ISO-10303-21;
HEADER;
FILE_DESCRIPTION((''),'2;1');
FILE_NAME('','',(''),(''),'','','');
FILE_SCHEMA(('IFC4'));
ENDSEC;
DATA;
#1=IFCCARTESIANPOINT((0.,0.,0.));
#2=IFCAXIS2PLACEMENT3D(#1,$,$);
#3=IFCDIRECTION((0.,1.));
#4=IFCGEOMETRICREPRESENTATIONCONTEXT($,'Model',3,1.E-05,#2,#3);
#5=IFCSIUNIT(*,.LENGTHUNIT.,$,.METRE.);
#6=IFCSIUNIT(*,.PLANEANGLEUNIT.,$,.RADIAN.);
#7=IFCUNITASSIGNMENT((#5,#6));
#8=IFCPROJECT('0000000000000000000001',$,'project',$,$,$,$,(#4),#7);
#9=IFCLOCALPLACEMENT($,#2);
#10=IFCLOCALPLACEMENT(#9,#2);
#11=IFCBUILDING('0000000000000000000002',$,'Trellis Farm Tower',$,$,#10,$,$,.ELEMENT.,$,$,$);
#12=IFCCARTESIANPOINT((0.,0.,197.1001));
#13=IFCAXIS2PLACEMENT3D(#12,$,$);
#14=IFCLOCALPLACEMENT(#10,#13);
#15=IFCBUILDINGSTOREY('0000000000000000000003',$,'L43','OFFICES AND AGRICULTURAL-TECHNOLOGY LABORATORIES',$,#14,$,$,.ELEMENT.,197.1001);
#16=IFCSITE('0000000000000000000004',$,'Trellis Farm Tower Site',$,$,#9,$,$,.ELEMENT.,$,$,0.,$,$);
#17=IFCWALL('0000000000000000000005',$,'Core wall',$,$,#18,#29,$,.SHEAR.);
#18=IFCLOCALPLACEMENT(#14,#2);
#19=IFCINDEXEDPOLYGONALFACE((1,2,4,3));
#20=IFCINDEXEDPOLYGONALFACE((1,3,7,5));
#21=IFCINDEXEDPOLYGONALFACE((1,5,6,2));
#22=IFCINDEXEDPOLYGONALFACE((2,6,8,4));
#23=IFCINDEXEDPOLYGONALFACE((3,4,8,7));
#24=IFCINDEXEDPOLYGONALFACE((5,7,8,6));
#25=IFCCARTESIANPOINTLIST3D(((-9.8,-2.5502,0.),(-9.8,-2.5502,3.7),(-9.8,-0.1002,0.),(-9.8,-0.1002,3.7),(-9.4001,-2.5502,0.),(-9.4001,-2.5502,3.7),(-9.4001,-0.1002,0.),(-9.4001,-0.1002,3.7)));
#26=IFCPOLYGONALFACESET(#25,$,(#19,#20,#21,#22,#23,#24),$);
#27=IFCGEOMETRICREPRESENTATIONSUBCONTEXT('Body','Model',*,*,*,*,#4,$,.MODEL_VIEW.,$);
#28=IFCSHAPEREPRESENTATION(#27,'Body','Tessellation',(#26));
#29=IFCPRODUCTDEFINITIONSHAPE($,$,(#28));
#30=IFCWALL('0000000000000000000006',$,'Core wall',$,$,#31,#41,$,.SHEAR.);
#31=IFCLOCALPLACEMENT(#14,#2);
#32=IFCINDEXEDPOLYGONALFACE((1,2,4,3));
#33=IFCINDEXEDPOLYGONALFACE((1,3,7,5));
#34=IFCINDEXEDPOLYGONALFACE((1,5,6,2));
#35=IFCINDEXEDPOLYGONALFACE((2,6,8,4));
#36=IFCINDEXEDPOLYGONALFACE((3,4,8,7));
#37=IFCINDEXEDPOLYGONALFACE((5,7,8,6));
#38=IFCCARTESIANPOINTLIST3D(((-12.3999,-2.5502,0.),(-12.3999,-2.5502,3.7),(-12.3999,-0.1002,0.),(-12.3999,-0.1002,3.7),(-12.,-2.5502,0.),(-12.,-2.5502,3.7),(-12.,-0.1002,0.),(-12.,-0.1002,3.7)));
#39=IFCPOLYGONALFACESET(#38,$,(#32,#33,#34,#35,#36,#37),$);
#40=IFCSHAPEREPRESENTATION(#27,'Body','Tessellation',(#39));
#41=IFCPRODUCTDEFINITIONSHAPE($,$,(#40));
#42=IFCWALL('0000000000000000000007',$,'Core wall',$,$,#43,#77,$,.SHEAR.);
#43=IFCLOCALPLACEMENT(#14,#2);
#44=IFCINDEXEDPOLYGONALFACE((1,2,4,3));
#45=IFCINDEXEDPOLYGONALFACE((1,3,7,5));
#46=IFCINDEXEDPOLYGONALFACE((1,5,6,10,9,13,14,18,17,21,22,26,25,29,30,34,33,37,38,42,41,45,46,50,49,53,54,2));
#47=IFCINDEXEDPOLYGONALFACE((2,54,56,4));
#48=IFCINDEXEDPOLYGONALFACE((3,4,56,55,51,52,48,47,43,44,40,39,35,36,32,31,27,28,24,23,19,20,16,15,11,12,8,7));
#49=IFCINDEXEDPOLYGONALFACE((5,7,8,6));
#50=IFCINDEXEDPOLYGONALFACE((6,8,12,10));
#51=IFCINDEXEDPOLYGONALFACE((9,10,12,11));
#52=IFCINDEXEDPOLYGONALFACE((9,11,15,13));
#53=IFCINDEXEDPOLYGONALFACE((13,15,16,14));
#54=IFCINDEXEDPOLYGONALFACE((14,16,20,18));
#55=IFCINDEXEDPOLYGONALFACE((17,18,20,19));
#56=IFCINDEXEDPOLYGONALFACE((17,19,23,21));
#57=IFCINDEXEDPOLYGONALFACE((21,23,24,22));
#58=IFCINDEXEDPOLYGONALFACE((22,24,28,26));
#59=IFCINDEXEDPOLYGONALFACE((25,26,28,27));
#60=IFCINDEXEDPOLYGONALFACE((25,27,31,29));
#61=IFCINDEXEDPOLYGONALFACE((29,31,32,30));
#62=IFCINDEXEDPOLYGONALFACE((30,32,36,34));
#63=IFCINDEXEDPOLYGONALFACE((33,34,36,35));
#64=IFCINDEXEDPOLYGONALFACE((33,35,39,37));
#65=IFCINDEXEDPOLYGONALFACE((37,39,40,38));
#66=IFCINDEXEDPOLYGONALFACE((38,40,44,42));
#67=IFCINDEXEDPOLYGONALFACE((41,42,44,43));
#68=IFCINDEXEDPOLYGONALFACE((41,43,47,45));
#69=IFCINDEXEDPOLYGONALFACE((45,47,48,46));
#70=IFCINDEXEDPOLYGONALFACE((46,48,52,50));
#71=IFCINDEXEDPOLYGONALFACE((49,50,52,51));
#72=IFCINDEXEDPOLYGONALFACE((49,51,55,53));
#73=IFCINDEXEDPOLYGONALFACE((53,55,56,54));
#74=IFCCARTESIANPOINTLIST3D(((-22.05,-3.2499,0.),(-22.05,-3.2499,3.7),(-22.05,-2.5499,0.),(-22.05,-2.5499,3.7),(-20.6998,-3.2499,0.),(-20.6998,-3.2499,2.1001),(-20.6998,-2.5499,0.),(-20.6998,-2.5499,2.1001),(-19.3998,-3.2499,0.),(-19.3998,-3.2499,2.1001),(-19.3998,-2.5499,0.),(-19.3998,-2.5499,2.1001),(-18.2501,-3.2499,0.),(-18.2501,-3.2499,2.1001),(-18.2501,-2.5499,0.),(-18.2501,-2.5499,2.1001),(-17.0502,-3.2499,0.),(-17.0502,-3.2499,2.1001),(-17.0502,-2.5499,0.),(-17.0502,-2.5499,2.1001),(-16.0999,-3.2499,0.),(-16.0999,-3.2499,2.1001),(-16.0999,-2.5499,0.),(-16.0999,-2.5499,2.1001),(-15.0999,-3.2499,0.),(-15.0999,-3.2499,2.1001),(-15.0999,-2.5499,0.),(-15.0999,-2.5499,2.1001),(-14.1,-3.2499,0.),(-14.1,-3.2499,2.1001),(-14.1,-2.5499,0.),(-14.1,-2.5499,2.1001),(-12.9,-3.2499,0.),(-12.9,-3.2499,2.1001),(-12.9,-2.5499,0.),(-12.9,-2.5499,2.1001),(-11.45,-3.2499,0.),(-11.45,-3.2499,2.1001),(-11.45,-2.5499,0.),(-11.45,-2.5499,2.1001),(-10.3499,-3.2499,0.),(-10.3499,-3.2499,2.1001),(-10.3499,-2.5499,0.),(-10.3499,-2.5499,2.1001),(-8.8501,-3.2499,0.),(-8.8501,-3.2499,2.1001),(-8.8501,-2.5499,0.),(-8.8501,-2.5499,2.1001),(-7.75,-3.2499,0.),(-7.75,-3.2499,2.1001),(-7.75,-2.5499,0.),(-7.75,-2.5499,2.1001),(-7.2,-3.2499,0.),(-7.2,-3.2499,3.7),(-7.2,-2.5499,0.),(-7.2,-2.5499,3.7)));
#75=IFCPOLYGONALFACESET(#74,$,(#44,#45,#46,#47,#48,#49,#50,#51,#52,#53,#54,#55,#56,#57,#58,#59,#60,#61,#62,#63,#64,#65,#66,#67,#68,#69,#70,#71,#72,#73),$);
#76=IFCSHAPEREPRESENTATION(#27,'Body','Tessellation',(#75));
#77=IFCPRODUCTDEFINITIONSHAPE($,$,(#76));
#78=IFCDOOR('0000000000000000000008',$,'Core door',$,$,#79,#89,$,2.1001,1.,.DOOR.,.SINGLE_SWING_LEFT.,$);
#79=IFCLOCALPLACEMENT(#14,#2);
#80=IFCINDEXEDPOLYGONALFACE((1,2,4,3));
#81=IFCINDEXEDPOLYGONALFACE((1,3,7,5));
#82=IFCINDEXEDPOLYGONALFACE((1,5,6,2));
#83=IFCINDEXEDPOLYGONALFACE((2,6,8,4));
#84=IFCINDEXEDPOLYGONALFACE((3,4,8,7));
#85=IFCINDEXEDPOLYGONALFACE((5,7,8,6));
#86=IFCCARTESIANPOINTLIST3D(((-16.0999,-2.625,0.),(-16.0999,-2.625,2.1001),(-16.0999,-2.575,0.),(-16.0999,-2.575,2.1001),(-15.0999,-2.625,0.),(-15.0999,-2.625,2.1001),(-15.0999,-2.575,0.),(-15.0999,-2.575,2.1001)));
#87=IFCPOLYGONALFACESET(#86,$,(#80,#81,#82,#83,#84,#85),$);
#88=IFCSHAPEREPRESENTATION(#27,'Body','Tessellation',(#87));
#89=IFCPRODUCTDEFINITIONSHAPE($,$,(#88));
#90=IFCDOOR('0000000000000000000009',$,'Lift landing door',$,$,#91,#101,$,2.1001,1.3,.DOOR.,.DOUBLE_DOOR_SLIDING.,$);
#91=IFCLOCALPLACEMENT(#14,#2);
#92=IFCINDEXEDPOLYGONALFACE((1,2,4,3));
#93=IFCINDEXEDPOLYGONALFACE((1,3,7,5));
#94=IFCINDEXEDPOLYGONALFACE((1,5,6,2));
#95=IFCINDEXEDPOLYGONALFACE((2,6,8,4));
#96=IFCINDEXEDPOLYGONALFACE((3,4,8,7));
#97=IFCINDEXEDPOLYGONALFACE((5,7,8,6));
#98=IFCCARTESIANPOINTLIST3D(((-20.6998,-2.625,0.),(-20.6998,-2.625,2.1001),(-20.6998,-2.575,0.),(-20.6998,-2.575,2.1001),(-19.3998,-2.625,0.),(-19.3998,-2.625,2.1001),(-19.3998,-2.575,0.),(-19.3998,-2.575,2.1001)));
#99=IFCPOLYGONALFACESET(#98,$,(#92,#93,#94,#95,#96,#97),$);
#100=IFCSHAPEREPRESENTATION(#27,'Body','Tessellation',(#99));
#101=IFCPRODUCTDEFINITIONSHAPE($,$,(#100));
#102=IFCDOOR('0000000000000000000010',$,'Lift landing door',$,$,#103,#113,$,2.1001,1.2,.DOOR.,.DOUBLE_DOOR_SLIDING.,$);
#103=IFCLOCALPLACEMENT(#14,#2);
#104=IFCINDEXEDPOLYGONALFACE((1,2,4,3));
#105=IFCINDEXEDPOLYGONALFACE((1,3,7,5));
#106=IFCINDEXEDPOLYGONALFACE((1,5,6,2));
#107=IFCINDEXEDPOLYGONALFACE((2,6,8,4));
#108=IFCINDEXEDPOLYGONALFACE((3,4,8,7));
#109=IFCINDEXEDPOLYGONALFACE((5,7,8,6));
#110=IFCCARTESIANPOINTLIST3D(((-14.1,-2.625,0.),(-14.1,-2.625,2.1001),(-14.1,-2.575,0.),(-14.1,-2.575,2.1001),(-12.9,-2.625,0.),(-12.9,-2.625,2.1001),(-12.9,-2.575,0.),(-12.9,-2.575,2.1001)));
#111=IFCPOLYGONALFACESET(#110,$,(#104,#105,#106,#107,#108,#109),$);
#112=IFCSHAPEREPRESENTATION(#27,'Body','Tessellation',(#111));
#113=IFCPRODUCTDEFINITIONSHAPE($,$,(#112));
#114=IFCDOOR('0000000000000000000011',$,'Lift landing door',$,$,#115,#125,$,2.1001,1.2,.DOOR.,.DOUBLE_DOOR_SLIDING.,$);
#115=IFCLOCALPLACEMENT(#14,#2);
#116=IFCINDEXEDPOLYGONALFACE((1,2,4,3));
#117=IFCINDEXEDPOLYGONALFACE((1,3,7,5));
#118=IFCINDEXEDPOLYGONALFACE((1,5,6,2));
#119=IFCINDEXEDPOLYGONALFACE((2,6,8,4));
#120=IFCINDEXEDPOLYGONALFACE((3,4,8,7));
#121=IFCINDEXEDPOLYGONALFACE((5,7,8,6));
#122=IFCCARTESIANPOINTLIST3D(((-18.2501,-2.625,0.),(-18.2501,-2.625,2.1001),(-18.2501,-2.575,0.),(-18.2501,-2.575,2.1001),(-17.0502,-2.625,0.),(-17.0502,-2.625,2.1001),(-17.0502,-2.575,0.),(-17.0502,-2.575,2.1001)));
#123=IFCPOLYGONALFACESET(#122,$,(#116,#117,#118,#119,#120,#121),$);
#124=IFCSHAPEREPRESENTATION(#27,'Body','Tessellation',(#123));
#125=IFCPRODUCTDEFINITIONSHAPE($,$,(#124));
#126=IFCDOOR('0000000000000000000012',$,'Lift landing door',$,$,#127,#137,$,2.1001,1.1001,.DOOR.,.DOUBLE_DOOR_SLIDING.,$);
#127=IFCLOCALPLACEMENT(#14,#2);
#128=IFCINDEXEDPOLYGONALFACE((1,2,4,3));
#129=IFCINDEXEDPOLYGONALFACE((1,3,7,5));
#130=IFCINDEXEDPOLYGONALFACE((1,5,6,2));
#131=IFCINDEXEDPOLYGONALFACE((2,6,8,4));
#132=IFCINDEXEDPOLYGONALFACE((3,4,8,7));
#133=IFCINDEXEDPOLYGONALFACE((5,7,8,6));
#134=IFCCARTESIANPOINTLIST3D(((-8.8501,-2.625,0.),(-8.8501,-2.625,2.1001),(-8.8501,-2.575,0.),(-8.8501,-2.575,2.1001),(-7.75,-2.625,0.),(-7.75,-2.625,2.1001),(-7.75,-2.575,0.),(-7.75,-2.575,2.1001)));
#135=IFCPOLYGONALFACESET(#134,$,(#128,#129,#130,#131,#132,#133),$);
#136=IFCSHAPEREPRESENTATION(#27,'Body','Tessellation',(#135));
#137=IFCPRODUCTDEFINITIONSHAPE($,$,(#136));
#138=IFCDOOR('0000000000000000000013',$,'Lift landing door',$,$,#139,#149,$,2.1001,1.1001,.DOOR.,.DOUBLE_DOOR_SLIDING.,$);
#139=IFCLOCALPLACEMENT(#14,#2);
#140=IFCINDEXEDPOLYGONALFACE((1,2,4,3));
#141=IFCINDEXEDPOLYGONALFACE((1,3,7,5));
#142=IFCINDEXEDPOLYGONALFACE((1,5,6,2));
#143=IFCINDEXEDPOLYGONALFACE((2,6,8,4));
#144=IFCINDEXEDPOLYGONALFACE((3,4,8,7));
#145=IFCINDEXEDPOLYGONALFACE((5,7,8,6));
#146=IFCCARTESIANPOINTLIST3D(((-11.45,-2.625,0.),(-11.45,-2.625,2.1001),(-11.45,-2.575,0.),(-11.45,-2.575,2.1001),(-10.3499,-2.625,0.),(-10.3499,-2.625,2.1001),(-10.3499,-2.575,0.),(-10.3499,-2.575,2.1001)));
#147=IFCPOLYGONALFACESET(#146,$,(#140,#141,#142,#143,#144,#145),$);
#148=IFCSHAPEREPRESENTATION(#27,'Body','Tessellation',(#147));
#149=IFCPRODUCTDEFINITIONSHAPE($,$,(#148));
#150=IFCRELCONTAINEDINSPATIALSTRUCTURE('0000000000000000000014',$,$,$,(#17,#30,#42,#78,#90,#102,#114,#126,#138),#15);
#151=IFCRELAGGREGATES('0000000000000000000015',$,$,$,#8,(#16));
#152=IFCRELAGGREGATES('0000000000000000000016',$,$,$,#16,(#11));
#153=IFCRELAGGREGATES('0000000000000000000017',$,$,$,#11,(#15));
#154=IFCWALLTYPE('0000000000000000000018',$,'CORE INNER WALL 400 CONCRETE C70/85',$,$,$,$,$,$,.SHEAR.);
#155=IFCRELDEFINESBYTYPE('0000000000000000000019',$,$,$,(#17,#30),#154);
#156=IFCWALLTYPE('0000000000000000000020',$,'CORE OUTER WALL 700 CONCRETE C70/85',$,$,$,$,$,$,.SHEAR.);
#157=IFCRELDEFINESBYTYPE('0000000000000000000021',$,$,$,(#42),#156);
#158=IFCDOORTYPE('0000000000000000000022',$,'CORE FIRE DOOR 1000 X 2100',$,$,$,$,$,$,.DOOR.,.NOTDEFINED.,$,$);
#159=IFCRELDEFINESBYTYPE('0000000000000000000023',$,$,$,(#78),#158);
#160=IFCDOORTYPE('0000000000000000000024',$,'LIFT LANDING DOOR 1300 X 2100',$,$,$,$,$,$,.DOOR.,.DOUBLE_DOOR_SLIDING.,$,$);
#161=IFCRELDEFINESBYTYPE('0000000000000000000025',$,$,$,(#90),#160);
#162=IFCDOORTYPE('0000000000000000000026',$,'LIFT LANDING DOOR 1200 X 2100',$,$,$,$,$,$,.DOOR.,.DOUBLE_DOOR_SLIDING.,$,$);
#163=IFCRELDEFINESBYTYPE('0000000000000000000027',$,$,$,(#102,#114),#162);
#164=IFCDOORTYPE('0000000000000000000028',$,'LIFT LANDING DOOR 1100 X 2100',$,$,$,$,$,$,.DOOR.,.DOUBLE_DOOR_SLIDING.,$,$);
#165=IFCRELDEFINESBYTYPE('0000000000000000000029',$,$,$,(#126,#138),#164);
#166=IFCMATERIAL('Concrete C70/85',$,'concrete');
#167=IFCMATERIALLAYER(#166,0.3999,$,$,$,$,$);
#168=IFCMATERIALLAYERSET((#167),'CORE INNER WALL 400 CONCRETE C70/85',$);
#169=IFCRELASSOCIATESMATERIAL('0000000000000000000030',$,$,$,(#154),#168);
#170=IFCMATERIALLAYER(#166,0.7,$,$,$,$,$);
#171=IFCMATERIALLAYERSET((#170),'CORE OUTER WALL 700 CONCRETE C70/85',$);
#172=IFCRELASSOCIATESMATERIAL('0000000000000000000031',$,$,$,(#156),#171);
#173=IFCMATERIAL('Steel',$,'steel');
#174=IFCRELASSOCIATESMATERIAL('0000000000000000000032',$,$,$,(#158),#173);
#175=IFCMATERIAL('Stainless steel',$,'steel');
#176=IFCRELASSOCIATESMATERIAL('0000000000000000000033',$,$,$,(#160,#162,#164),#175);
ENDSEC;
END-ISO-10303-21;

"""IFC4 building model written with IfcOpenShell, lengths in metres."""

from ifc_helpers import new_model, si_unit, direction, frame, frame_2d, origin, place, context, subcontext, project, spatial, rectangle, extrude, source, transform, mapped, material, layer, layer_set, type_object, element, fill, save


model = new_model("IFC4")

# Units and contexts
model_context = context("Model", 3, precision=1e-05, world=origin(), true_north=direction((0.0, 1.0)))
body_context = subcontext(model_context, "Body", "Model", "MODEL_VIEW")
ifc_project = project(units=[si_unit("LENGTHUNIT", "METRE"), si_unit("PLANEANGLEUNIT", "RADIAN")], contexts=[model_context])

# Site, building, storey
site_placement = place(None, origin())
site = spatial("IfcSite", under=ifc_project, at=site_placement, Name="Trellis Farm Tower Site", CompositionType="ELEMENT", RefElevation=0.0)
building_placement = place(site_placement, origin())
building = spatial("IfcBuilding", under=site, at=building_placement, Name="Trellis Farm Tower", CompositionType="ELEMENT")
storey_placement = place(building_placement, frame((0.0, 0.0, 197.1001)))
storey = spatial("IfcBuildingStorey", under=building, at=storey_placement, Name="L43", Description="OFFICES AND AGRICULTURAL-TECHNOLOGY LABORATORIES", CompositionType="ELEMENT", Elevation=197.1001)

# Shared definitions
ifc_material_1 = material(Name="Concrete C70/85", Category="concrete")

# Walls
ifc_layer_1 = layer(ifc_material_1, 0.3999)
ifc_layer_set_1 = layer_set([ifc_layer_1], Name="CORE INNER WALL 400 CONCRETE C70/85")
wall_type_1 = type_object("IfcWallType", Name="CORE INNER WALL 400 CONCRETE C70/85", PredefinedType="SHEAR", material=ifc_layer_set_1)
shared_shape_1 = source(origin(), body_context, "Body", "SweptSolid", [
    extrude(rectangle(XDim=2.45, YDim=0.3999, at=frame_2d((1.2251, 0.0))), origin(), (0.0, 0.0, 1.0), 3.7),
])
for number, where, z_axis, x_axis, name in (
    (1, (-9.6001, -0.1001, 0.0), (0.0, 0.0, 1.0), (0.0, -1.0, 0.0), "Core wall"),
    (2, (-12.2, -0.1001, 0.0), (0.0, 0.0, 1.0), (0.0, -1.0, 0.0), "Core wall"),
):
    element("IfcWall", number, at=place(storey_placement, frame(where, z_axis=z_axis, x_axis=x_axis)), inside=storey, type_object=wall_type_1, Name=name, PredefinedType="SHEAR", context=body_context, shape_type="MappedRepresentation", body=[
        mapped(shared_shape_1, transform((0.0, 0.0, 0.0))),
    ])

# Wall, openings, doors
ifc_layer_2 = layer(ifc_material_1, 0.7)
ifc_layer_set_2 = layer_set([ifc_layer_2], Name="CORE OUTER WALL 700 CONCRETE C70/85")
wall_type_2 = type_object("IfcWallType", Name="CORE OUTER WALL 700 CONCRETE C70/85", PredefinedType="SHEAR", material=ifc_layer_set_2)
shared_shape_2 = source(origin(), body_context, "Body", "SweptSolid", [
    extrude(rectangle(XDim=14.8501, YDim=0.7, at=frame_2d((7.425, 0.0))), origin(), (0.0, 0.0, 1.0), 3.7),
])
wall_1_placement = place(storey_placement, frame((-7.2, -2.8999, 0.0), z_axis=(0.0, 0.0, 1.0), x_axis=(-1.0, 0.0, 0.0)))
wall_1 = element("IfcWall", 3, at=wall_1_placement, inside=storey, type_object=wall_type_2, Name="Core wall", PredefinedType="SHEAR", context=body_context, shape_type="MappedRepresentation", body=[
    mapped(shared_shape_2, transform((0.0, 0.0, 0.0))),
])
shared_shape_3 = source(origin(), body_context, "Body", "SweptSolid", [
    extrude(rectangle(XDim=1.1001, YDim=2.1001, at=frame_2d((0.55, 1.05))), frame((0.0, 0.3601, 0.0), z_axis=(0.0, -1.0, 0.0), x_axis=(1.0, 0.0, 0.0)), (0.0, 0.0, 1.0), 0.7202),
])
opening_1_placement = place(wall_1_placement, frame((0.55, 0.0, 0.0)))
opening_1 = element("IfcOpeningElement", 4, at=opening_1_placement, cuts=wall_1, PredefinedType="OPENING", context=body_context, shape_type="MappedRepresentation", body=[
    mapped(shared_shape_3, transform((0.0, 0.0, 0.0))),
])
opening_2_placement = place(wall_1_placement, frame((3.1499, 0.0, 0.0)))
opening_2 = element("IfcOpeningElement", 5, at=opening_2_placement, cuts=wall_1, PredefinedType="OPENING", context=body_context, shape_type="MappedRepresentation", body=[
    mapped(shared_shape_3, transform((0.0, 0.0, 0.0))),
])
shared_shape_4 = source(origin(), body_context, "Body", "SweptSolid", [
    extrude(rectangle(XDim=1.2, YDim=2.1001, at=frame_2d((0.6001, 1.05))), frame((0.0, 0.3601, 0.0), z_axis=(0.0, -1.0, 0.0), x_axis=(1.0, 0.0, 0.0)), (0.0, 0.0, 1.0), 0.7202),
])
opening_3_placement = place(wall_1_placement, frame((5.7, 0.0, 0.0)))
opening_3 = element("IfcOpeningElement", 6, at=opening_3_placement, cuts=wall_1, PredefinedType="OPENING", context=body_context, shape_type="MappedRepresentation", body=[
    mapped(shared_shape_4, transform((0.0, 0.0, 0.0))),
])
shared_shape_5 = source(origin(), body_context, "Body", "SweptSolid", [
    extrude(rectangle(XDim=1.3, YDim=2.1001, at=frame_2d((0.6499, 1.05))), frame((0.0, 0.3601, 0.0), z_axis=(0.0, -1.0, 0.0), x_axis=(1.0, 0.0, 0.0)), (0.0, 0.0, 1.0), 0.7202),
])
opening_4_placement = place(wall_1_placement, frame((12.2, 0.0, 0.0)))
opening_4 = element("IfcOpeningElement", 7, at=opening_4_placement, cuts=wall_1, PredefinedType="OPENING", context=body_context, shape_type="MappedRepresentation", body=[
    mapped(shared_shape_5, transform((0.0, 0.0, 0.0))),
])
opening_5_placement = place(wall_1_placement, frame((9.8501, 0.0, 0.0)))
opening_5 = element("IfcOpeningElement", 8, at=opening_5_placement, cuts=wall_1, PredefinedType="OPENING", context=body_context, shape_type="MappedRepresentation", body=[
    mapped(shared_shape_4, transform((0.0, 0.0, 0.0))),
])
shared_shape_6 = source(origin(), body_context, "Body", "SweptSolid", [
    extrude(rectangle(XDim=1.0, YDim=2.1001, at=frame_2d((0.5, 1.05))), frame((0.0, 0.3601, 0.0), z_axis=(0.0, -1.0, 0.0), x_axis=(1.0, 0.0, 0.0)), (0.0, 0.0, 1.0), 0.7202),
])
opening_6_placement = place(wall_1_placement, frame((7.8999, 0.0, 0.0)))
opening_6 = element("IfcOpeningElement", 9, at=opening_6_placement, cuts=wall_1, PredefinedType="OPENING", context=body_context, shape_type="MappedRepresentation", body=[
    mapped(shared_shape_6, transform((0.0, 0.0, 0.0))),
])
ifc_material_2 = material(Name="Steel", Category="steel")
door_type_1 = type_object("IfcDoorType", Name="CORE FIRE DOOR 1000 X 2100", OperationType="NOTDEFINED", PredefinedType="DOOR", material=ifc_material_2)
shared_shape_7 = source(origin(), body_context, "Body", "SweptSolid", [
    extrude(rectangle(XDim=1.0, YDim=2.1001, at=frame_2d((0.5, 1.05))), frame((0.0, -0.2749, 0.0), z_axis=(0.0, -1.0, 0.0), x_axis=(1.0, 0.0, 0.0)), (0.0, 0.0, 1.0), 0.05),
])
door_1_placement = place(opening_6_placement, origin())
door_1 = element("IfcDoor", 10, at=door_1_placement, inside=storey, type_object=door_type_1, Name="Core door", OperationType="SINGLE_SWING_LEFT", OverallHeight=2.1001, OverallWidth=1.0, PredefinedType="DOOR", context=body_context, shape_type="MappedRepresentation", body=[
    mapped(shared_shape_7, transform((0.0, 0.0, 0.0))),
])
fill(opening_6, door_1)
ifc_material_3 = material(Name="Stainless steel", Category="steel")
door_type_2 = type_object("IfcDoorType", Name="LIFT LANDING DOOR 1300 X 2100", OperationType="DOUBLE_DOOR_SLIDING", PredefinedType="DOOR", material=ifc_material_3)
shared_shape_8 = source(origin(), body_context, "Body", "SweptSolid", [
    extrude(rectangle(XDim=1.3, YDim=2.1001, at=frame_2d((0.6499, 1.05))), frame((0.0, -0.2749, 0.0), z_axis=(0.0, -1.0, 0.0), x_axis=(1.0, 0.0, 0.0)), (0.0, 0.0, 1.0), 0.05),
])
door_2_placement = place(opening_4_placement, origin())
door_2 = element("IfcDoor", 11, at=door_2_placement, inside=storey, type_object=door_type_2, Name="Lift landing door", OperationType="DOUBLE_DOOR_SLIDING", OverallHeight=2.1001, OverallWidth=1.3, PredefinedType="DOOR", context=body_context, shape_type="MappedRepresentation", body=[
    mapped(shared_shape_8, transform((0.0, 0.0, 0.0))),
])
fill(opening_4, door_2)
door_type_3 = type_object("IfcDoorType", Name="LIFT LANDING DOOR 1200 X 2100", OperationType="DOUBLE_DOOR_SLIDING", PredefinedType="DOOR", material=ifc_material_3)
shared_shape_9 = source(origin(), body_context, "Body", "SweptSolid", [
    extrude(rectangle(XDim=1.2, YDim=2.1001, at=frame_2d((0.6001, 1.05))), frame((0.0, -0.2749, 0.0), z_axis=(0.0, -1.0, 0.0), x_axis=(1.0, 0.0, 0.0)), (0.0, 0.0, 1.0), 0.05),
])
door_3_placement = place(opening_3_placement, origin())
door_3 = element("IfcDoor", 12, at=door_3_placement, inside=storey, type_object=door_type_3, Name="Lift landing door", OperationType="DOUBLE_DOOR_SLIDING", OverallHeight=2.1001, OverallWidth=1.2, PredefinedType="DOOR", context=body_context, shape_type="MappedRepresentation", body=[
    mapped(shared_shape_9, transform((0.0, 0.0, 0.0))),
])
fill(opening_3, door_3)
door_4_placement = place(opening_5_placement, origin())
door_4 = element("IfcDoor", 13, at=door_4_placement, inside=storey, type_object=door_type_3, Name="Lift landing door", OperationType="DOUBLE_DOOR_SLIDING", OverallHeight=2.1001, OverallWidth=1.2, PredefinedType="DOOR", context=body_context, shape_type="MappedRepresentation", body=[
    mapped(shared_shape_9, transform((0.0, 0.0, 0.0))),
])
fill(opening_5, door_4)
door_type_4 = type_object("IfcDoorType", Name="LIFT LANDING DOOR 1100 X 2100", OperationType="DOUBLE_DOOR_SLIDING", PredefinedType="DOOR", material=ifc_material_3)
shared_shape_10 = source(origin(), body_context, "Body", "SweptSolid", [
    extrude(rectangle(XDim=1.1001, YDim=2.1001, at=frame_2d((0.55, 1.05))), frame((0.0, -0.2749, 0.0), z_axis=(0.0, -1.0, 0.0), x_axis=(1.0, 0.0, 0.0)), (0.0, 0.0, 1.0), 0.05),
])
door_5_placement = place(opening_1_placement, origin())
door_5 = element("IfcDoor", 14, at=door_5_placement, inside=storey, type_object=door_type_4, Name="Lift landing door", OperationType="DOUBLE_DOOR_SLIDING", OverallHeight=2.1001, OverallWidth=1.1001, PredefinedType="DOOR", context=body_context, shape_type="MappedRepresentation", body=[
    mapped(shared_shape_10, transform((0.0, 0.0, 0.0))),
])
fill(opening_1, door_5)
door_6_placement = place(opening_2_placement, origin())
door_6 = element("IfcDoor", 15, at=door_6_placement, inside=storey, type_object=door_type_4, Name="Lift landing door", OperationType="DOUBLE_DOOR_SLIDING", OverallHeight=2.1001, OverallWidth=1.1001, PredefinedType="DOOR", context=body_context, shape_type="MappedRepresentation", body=[
    mapped(shared_shape_10, transform((0.0, 0.0, 0.0))),
])
fill(opening_2, door_6)

save(model, "model.ifc")
